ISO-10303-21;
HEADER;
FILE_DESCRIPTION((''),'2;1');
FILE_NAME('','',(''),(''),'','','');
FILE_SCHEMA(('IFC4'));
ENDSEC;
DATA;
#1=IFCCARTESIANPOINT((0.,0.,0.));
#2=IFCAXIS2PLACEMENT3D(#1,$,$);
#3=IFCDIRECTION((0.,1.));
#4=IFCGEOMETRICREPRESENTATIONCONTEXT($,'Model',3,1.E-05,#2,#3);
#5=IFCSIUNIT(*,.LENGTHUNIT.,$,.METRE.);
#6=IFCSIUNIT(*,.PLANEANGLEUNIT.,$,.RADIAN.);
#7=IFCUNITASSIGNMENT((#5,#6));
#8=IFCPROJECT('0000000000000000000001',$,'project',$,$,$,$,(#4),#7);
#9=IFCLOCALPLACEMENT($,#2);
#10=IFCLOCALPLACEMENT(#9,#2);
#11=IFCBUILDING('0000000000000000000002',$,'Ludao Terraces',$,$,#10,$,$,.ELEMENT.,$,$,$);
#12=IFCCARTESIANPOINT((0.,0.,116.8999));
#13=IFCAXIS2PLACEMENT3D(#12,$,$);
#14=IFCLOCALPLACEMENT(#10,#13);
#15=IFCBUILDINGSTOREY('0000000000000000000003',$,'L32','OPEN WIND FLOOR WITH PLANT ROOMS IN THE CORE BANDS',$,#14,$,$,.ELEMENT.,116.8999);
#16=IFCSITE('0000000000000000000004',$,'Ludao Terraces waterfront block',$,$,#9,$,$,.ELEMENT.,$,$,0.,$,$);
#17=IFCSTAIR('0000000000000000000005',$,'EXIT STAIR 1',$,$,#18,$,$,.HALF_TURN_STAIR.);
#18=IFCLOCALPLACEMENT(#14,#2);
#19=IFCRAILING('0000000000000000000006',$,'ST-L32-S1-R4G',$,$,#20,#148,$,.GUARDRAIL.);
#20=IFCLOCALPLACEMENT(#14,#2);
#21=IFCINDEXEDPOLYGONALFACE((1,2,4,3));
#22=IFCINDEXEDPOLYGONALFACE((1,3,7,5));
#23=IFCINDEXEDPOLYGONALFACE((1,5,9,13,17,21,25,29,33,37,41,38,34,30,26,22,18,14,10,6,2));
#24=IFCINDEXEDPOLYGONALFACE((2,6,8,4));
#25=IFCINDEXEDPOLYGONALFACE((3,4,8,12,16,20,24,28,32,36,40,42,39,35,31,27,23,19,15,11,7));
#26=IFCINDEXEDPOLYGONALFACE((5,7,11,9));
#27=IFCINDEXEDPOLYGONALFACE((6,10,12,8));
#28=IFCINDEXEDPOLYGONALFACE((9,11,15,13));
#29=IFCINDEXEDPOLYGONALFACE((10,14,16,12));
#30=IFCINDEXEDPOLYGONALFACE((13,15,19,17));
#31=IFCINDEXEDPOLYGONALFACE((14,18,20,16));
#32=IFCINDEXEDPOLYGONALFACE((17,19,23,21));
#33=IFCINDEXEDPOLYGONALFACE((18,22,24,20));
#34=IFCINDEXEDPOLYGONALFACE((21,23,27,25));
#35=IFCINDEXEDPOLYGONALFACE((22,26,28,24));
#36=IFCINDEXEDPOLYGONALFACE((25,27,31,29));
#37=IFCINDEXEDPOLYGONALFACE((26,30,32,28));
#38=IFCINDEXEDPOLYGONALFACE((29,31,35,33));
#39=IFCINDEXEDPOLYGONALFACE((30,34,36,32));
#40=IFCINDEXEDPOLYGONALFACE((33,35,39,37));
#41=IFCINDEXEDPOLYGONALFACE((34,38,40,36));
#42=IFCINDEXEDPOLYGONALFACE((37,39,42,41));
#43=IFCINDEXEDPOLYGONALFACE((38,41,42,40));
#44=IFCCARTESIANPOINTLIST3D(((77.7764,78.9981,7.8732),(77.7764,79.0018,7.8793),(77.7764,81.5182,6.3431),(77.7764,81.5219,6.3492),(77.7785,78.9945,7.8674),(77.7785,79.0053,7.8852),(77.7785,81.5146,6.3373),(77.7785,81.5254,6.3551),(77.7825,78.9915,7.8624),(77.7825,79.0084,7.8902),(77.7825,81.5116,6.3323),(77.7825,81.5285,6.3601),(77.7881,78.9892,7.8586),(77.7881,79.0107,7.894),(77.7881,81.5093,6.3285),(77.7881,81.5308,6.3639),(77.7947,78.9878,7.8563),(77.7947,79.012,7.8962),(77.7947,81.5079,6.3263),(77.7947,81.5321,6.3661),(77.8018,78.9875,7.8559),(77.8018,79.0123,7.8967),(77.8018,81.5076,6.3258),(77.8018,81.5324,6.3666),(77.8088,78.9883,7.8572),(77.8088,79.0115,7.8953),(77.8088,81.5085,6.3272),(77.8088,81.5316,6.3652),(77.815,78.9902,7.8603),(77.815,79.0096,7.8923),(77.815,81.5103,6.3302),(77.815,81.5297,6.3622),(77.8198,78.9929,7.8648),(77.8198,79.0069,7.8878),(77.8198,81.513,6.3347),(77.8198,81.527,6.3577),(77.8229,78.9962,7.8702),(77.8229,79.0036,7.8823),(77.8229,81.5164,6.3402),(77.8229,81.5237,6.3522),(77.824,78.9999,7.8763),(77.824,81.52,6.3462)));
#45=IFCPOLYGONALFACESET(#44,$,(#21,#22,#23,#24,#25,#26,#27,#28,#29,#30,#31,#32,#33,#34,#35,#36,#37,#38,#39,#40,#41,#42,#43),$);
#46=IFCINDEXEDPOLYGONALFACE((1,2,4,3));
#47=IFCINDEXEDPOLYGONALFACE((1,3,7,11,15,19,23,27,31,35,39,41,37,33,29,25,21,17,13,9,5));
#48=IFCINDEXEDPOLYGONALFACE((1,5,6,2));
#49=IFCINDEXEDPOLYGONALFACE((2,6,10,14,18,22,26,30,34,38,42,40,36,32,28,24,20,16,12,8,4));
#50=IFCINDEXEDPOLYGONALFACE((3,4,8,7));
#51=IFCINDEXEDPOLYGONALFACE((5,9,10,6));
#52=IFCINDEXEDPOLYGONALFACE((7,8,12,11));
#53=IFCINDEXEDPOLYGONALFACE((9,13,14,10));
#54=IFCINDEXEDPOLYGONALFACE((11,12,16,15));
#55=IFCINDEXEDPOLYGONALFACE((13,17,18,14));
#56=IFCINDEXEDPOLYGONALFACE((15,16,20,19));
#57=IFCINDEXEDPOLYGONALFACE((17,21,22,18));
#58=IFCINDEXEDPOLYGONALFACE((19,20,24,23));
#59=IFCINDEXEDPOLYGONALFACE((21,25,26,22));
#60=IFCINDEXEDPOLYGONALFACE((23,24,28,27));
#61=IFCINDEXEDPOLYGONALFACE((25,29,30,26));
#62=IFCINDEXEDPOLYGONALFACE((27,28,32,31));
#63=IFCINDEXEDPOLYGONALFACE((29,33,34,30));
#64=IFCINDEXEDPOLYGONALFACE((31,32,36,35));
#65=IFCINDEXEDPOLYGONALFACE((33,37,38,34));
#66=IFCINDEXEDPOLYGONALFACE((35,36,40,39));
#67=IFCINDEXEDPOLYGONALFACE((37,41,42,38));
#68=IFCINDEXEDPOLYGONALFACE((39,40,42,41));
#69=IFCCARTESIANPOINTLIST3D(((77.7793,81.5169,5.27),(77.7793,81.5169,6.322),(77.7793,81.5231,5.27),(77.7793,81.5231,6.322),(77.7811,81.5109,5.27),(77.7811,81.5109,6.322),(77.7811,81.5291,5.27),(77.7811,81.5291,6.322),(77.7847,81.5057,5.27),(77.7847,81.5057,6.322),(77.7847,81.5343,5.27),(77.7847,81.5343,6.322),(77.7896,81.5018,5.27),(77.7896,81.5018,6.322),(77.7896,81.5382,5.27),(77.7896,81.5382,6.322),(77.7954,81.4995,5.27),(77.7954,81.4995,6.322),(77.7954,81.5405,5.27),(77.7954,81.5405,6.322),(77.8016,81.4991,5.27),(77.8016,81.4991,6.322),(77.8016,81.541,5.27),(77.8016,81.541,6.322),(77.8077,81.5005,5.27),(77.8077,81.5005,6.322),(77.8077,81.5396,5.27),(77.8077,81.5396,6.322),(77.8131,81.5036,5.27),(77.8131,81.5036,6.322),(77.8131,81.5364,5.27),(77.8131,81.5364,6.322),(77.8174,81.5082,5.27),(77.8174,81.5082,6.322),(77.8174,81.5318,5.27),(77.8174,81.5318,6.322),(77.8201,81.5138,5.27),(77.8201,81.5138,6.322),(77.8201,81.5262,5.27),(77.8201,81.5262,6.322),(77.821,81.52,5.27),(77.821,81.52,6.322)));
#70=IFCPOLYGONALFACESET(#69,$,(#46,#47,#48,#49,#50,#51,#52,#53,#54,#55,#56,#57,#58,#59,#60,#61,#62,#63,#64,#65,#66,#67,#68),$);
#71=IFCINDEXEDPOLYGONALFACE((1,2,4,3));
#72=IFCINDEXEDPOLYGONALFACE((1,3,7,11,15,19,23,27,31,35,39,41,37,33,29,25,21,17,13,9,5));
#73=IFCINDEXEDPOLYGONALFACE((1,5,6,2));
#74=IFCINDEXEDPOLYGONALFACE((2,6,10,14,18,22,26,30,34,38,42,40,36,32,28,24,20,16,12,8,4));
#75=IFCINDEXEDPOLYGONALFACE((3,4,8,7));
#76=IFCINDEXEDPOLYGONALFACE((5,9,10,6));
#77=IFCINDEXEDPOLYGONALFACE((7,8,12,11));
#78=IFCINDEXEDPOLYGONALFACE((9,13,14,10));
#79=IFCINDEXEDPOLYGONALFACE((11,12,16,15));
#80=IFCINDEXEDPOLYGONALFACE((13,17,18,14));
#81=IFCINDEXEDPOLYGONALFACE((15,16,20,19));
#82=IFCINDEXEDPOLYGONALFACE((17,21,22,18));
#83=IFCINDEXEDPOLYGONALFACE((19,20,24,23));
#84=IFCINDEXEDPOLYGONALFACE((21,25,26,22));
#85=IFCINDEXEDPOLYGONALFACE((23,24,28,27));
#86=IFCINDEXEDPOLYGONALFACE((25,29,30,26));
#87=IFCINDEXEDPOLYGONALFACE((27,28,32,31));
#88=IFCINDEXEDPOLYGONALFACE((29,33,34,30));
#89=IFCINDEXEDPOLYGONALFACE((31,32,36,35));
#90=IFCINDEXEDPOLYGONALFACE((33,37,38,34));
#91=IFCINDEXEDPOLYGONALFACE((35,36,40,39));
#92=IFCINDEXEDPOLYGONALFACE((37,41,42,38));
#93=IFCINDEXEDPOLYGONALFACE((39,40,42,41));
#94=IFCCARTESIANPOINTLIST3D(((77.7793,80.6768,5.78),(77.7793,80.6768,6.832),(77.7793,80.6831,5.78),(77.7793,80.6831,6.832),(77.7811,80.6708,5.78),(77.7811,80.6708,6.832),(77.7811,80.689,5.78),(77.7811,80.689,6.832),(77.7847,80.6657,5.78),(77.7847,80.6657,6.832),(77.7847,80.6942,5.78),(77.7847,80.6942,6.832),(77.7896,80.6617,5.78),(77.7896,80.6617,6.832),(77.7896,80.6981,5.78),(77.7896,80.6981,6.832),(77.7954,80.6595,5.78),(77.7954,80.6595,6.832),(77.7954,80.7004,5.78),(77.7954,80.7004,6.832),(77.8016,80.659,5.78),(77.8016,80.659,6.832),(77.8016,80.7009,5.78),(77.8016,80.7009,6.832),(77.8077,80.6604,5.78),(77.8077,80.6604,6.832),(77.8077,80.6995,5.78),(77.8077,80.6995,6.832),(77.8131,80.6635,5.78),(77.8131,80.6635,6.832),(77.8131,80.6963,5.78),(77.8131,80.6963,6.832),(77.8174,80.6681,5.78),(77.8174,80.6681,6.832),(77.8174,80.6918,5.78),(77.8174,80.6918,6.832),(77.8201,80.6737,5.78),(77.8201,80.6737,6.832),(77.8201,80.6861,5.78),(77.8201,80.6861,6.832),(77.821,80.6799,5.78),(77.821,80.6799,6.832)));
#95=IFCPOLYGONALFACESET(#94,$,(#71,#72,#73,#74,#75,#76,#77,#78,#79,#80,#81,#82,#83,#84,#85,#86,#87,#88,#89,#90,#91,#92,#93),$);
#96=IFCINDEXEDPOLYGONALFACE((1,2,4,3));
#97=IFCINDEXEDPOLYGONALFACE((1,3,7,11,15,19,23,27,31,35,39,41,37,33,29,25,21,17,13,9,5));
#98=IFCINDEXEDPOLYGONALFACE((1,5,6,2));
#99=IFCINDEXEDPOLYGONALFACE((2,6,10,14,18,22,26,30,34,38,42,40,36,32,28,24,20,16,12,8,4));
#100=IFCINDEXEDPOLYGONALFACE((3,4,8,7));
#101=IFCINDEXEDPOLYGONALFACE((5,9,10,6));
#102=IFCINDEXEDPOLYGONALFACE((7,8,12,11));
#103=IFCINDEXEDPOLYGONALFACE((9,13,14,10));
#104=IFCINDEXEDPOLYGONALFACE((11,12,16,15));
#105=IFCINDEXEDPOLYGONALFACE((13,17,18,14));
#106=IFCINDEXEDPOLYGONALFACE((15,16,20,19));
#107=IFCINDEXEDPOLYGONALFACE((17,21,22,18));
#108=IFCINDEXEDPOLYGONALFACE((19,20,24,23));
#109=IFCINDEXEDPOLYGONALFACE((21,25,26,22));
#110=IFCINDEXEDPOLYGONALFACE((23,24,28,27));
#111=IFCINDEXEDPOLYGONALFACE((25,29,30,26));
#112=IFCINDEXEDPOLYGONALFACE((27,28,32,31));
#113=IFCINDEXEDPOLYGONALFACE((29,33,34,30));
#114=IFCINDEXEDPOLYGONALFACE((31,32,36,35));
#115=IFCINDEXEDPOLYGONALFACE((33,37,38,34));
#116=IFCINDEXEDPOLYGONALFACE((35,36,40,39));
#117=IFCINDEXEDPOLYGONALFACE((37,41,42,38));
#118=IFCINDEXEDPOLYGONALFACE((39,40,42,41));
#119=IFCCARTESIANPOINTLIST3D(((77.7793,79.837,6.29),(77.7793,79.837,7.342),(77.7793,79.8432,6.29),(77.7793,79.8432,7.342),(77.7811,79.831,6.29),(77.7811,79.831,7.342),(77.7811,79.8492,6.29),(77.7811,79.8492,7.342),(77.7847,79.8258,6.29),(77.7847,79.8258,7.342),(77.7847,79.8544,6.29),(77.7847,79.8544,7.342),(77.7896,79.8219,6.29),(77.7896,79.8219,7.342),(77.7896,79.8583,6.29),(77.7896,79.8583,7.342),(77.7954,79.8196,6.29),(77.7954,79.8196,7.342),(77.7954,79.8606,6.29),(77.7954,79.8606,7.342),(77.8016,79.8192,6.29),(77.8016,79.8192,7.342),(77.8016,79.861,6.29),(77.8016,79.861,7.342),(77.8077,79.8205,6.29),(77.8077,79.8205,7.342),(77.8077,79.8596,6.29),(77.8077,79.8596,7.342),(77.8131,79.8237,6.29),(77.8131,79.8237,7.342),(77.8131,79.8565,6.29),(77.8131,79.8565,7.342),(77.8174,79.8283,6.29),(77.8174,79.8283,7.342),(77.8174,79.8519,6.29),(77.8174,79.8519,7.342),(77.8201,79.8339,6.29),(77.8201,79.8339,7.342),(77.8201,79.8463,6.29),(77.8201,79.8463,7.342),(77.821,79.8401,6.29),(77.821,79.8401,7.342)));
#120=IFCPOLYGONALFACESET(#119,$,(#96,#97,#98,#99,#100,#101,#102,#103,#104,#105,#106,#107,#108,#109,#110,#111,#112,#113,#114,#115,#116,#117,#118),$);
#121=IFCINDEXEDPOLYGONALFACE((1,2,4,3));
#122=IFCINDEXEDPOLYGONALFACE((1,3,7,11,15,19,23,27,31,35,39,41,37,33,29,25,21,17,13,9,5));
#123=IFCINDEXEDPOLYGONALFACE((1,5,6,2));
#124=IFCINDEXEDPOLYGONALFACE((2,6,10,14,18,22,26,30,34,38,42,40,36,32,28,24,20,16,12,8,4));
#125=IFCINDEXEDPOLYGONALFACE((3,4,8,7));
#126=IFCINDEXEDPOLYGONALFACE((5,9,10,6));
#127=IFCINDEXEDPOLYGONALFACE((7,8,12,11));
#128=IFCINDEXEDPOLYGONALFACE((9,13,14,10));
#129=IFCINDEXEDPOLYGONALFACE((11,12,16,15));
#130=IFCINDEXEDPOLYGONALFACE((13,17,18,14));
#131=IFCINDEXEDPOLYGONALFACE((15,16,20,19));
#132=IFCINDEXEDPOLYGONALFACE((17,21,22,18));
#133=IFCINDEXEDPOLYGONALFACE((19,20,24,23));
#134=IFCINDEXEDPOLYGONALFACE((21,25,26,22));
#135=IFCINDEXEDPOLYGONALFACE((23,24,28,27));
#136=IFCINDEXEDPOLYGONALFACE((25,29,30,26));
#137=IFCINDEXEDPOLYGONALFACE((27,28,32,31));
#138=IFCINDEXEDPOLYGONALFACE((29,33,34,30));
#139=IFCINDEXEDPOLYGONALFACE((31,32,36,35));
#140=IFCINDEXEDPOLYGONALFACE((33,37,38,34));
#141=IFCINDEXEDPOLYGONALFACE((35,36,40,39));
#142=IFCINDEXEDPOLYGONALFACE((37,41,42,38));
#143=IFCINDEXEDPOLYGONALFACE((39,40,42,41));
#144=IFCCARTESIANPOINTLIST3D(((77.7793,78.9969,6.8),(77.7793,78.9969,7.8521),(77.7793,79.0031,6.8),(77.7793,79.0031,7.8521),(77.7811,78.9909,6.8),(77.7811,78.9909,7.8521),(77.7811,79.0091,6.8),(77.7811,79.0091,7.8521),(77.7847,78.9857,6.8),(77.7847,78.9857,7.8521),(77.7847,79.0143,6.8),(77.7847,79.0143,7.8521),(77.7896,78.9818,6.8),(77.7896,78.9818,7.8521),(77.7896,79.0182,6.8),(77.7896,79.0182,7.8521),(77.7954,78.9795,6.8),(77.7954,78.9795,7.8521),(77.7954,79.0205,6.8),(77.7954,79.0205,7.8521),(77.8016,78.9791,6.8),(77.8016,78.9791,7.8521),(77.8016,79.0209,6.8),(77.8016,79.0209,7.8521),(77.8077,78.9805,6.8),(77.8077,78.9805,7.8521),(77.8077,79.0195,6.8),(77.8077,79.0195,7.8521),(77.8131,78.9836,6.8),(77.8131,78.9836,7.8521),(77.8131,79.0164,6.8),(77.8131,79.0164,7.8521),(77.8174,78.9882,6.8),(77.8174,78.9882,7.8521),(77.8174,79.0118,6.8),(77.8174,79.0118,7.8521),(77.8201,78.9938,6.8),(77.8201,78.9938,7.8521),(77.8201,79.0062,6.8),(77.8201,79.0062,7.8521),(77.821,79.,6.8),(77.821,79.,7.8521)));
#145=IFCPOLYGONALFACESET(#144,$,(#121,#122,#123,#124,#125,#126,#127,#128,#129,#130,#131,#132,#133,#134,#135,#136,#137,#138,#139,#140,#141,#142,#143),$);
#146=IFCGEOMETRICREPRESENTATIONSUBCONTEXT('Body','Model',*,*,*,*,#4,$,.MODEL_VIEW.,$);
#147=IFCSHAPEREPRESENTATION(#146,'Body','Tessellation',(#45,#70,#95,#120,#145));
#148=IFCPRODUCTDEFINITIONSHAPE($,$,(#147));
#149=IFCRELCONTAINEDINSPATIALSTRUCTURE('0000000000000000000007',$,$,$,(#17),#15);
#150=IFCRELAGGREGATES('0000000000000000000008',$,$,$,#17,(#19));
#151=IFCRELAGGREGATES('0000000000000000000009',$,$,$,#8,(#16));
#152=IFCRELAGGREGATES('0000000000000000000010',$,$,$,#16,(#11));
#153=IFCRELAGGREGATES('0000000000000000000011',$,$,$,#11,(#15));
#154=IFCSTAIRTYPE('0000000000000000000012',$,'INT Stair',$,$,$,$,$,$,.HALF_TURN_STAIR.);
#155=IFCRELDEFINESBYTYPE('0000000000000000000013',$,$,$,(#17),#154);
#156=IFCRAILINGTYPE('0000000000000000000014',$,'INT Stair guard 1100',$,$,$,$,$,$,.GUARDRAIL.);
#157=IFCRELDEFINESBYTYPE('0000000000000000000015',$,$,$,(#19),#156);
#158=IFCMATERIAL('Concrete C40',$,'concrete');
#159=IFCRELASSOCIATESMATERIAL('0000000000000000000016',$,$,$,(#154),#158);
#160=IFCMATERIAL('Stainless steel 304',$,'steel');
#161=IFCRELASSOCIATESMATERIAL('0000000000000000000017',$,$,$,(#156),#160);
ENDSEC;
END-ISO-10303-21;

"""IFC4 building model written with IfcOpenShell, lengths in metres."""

from ifc_helpers import new_model, si_unit, direction, frame, origin, origin_2d, place, context, subcontext, project, spatial, circle, extrude, material, type_object, element, aggregate, save


model = new_model("IFC4")

# Units and contexts
model_context = context("Model", 3, precision=1e-05, world=origin(), true_north=direction((0.0, 1.0)))
body_context = subcontext(model_context, "Body", "Model", "MODEL_VIEW")
ifc_project = project(units=[si_unit("LENGTHUNIT", "METRE"), si_unit("PLANEANGLEUNIT", "RADIAN")], contexts=[model_context])

# Site, building, storey
site_placement = place(None, origin())
site = spatial("IfcSite", under=ifc_project, at=site_placement, Name="Ludao Terraces waterfront block", CompositionType="ELEMENT", RefElevation=0.0)
building_placement = place(site_placement, origin())
building = spatial("IfcBuilding", under=site, at=building_placement, Name="Ludao Terraces", CompositionType="ELEMENT")
storey_placement = place(building_placement, frame((0.0, 0.0, 116.8999)))
storey = spatial("IfcBuildingStorey", under=building, at=storey_placement, Name="L32", Description="OPEN WIND FLOOR WITH PLANT ROOMS IN THE CORE BANDS", CompositionType="ELEMENT", Elevation=116.8999)

# Shared definitions
ifc_material_1 = material(Name="Stainless steel 304", Category="steel")

# Stair, railing
ifc_material_2 = material(Name="Concrete C40", Category="concrete")
stair_type = type_object("IfcStairType", Name="INT Stair", PredefinedType="HALF_TURN_STAIR", material=ifc_material_2)
stair_placement = place(storey_placement, origin())
stair = element("IfcStair", 1, at=stair_placement, inside=storey, type_object=stair_type, Name="EXIT STAIR 1", PredefinedType="HALF_TURN_STAIR")
railing_type_1 = type_object("IfcRailingType", Name="INT Stair guard 1100", PredefinedType="GUARDRAIL", material=ifc_material_1)
railing_1_placement = place(storey_placement, frame((77.8, 81.52, 5.27)))
railing_1 = element("IfcRailing", 2, at=railing_1_placement, type_object=railing_type_1, Name="ST-L32-S1-R4G", PredefinedType="GUARDRAIL", context=body_context, shape_type="SweptSolid", body=[
    extrude(circle(Radius=0.0239, at=origin_2d()), frame((0.0, 0.0, 1.0762), z_axis=(0.0, -0.854785, 0.518982), x_axis=(1.0, 0.0, 0.0)), (0.0, 0.0, 1.0), 2.9482),
    extrude(circle(Radius=0.021, at=origin_2d()), origin(), (0.0, 0.0, 1.0), 1.052),
    extrude(circle(Radius=0.021, at=origin_2d()), frame((0.0, -0.8401, 0.51)), (0.0, 0.0, 1.0), 1.052),
    extrude(circle(Radius=0.021, at=origin_2d()), frame((0.0, -1.6799, 1.02)), (0.0, 0.0, 1.0), 1.052),
    extrude(circle(Radius=0.021, at=origin_2d()), frame((0.0, -2.52, 1.53)), (0.0, 0.0, 1.0), 1.052),
])
aggregate(stair, [railing_1])

save(model, "model.ifc")
